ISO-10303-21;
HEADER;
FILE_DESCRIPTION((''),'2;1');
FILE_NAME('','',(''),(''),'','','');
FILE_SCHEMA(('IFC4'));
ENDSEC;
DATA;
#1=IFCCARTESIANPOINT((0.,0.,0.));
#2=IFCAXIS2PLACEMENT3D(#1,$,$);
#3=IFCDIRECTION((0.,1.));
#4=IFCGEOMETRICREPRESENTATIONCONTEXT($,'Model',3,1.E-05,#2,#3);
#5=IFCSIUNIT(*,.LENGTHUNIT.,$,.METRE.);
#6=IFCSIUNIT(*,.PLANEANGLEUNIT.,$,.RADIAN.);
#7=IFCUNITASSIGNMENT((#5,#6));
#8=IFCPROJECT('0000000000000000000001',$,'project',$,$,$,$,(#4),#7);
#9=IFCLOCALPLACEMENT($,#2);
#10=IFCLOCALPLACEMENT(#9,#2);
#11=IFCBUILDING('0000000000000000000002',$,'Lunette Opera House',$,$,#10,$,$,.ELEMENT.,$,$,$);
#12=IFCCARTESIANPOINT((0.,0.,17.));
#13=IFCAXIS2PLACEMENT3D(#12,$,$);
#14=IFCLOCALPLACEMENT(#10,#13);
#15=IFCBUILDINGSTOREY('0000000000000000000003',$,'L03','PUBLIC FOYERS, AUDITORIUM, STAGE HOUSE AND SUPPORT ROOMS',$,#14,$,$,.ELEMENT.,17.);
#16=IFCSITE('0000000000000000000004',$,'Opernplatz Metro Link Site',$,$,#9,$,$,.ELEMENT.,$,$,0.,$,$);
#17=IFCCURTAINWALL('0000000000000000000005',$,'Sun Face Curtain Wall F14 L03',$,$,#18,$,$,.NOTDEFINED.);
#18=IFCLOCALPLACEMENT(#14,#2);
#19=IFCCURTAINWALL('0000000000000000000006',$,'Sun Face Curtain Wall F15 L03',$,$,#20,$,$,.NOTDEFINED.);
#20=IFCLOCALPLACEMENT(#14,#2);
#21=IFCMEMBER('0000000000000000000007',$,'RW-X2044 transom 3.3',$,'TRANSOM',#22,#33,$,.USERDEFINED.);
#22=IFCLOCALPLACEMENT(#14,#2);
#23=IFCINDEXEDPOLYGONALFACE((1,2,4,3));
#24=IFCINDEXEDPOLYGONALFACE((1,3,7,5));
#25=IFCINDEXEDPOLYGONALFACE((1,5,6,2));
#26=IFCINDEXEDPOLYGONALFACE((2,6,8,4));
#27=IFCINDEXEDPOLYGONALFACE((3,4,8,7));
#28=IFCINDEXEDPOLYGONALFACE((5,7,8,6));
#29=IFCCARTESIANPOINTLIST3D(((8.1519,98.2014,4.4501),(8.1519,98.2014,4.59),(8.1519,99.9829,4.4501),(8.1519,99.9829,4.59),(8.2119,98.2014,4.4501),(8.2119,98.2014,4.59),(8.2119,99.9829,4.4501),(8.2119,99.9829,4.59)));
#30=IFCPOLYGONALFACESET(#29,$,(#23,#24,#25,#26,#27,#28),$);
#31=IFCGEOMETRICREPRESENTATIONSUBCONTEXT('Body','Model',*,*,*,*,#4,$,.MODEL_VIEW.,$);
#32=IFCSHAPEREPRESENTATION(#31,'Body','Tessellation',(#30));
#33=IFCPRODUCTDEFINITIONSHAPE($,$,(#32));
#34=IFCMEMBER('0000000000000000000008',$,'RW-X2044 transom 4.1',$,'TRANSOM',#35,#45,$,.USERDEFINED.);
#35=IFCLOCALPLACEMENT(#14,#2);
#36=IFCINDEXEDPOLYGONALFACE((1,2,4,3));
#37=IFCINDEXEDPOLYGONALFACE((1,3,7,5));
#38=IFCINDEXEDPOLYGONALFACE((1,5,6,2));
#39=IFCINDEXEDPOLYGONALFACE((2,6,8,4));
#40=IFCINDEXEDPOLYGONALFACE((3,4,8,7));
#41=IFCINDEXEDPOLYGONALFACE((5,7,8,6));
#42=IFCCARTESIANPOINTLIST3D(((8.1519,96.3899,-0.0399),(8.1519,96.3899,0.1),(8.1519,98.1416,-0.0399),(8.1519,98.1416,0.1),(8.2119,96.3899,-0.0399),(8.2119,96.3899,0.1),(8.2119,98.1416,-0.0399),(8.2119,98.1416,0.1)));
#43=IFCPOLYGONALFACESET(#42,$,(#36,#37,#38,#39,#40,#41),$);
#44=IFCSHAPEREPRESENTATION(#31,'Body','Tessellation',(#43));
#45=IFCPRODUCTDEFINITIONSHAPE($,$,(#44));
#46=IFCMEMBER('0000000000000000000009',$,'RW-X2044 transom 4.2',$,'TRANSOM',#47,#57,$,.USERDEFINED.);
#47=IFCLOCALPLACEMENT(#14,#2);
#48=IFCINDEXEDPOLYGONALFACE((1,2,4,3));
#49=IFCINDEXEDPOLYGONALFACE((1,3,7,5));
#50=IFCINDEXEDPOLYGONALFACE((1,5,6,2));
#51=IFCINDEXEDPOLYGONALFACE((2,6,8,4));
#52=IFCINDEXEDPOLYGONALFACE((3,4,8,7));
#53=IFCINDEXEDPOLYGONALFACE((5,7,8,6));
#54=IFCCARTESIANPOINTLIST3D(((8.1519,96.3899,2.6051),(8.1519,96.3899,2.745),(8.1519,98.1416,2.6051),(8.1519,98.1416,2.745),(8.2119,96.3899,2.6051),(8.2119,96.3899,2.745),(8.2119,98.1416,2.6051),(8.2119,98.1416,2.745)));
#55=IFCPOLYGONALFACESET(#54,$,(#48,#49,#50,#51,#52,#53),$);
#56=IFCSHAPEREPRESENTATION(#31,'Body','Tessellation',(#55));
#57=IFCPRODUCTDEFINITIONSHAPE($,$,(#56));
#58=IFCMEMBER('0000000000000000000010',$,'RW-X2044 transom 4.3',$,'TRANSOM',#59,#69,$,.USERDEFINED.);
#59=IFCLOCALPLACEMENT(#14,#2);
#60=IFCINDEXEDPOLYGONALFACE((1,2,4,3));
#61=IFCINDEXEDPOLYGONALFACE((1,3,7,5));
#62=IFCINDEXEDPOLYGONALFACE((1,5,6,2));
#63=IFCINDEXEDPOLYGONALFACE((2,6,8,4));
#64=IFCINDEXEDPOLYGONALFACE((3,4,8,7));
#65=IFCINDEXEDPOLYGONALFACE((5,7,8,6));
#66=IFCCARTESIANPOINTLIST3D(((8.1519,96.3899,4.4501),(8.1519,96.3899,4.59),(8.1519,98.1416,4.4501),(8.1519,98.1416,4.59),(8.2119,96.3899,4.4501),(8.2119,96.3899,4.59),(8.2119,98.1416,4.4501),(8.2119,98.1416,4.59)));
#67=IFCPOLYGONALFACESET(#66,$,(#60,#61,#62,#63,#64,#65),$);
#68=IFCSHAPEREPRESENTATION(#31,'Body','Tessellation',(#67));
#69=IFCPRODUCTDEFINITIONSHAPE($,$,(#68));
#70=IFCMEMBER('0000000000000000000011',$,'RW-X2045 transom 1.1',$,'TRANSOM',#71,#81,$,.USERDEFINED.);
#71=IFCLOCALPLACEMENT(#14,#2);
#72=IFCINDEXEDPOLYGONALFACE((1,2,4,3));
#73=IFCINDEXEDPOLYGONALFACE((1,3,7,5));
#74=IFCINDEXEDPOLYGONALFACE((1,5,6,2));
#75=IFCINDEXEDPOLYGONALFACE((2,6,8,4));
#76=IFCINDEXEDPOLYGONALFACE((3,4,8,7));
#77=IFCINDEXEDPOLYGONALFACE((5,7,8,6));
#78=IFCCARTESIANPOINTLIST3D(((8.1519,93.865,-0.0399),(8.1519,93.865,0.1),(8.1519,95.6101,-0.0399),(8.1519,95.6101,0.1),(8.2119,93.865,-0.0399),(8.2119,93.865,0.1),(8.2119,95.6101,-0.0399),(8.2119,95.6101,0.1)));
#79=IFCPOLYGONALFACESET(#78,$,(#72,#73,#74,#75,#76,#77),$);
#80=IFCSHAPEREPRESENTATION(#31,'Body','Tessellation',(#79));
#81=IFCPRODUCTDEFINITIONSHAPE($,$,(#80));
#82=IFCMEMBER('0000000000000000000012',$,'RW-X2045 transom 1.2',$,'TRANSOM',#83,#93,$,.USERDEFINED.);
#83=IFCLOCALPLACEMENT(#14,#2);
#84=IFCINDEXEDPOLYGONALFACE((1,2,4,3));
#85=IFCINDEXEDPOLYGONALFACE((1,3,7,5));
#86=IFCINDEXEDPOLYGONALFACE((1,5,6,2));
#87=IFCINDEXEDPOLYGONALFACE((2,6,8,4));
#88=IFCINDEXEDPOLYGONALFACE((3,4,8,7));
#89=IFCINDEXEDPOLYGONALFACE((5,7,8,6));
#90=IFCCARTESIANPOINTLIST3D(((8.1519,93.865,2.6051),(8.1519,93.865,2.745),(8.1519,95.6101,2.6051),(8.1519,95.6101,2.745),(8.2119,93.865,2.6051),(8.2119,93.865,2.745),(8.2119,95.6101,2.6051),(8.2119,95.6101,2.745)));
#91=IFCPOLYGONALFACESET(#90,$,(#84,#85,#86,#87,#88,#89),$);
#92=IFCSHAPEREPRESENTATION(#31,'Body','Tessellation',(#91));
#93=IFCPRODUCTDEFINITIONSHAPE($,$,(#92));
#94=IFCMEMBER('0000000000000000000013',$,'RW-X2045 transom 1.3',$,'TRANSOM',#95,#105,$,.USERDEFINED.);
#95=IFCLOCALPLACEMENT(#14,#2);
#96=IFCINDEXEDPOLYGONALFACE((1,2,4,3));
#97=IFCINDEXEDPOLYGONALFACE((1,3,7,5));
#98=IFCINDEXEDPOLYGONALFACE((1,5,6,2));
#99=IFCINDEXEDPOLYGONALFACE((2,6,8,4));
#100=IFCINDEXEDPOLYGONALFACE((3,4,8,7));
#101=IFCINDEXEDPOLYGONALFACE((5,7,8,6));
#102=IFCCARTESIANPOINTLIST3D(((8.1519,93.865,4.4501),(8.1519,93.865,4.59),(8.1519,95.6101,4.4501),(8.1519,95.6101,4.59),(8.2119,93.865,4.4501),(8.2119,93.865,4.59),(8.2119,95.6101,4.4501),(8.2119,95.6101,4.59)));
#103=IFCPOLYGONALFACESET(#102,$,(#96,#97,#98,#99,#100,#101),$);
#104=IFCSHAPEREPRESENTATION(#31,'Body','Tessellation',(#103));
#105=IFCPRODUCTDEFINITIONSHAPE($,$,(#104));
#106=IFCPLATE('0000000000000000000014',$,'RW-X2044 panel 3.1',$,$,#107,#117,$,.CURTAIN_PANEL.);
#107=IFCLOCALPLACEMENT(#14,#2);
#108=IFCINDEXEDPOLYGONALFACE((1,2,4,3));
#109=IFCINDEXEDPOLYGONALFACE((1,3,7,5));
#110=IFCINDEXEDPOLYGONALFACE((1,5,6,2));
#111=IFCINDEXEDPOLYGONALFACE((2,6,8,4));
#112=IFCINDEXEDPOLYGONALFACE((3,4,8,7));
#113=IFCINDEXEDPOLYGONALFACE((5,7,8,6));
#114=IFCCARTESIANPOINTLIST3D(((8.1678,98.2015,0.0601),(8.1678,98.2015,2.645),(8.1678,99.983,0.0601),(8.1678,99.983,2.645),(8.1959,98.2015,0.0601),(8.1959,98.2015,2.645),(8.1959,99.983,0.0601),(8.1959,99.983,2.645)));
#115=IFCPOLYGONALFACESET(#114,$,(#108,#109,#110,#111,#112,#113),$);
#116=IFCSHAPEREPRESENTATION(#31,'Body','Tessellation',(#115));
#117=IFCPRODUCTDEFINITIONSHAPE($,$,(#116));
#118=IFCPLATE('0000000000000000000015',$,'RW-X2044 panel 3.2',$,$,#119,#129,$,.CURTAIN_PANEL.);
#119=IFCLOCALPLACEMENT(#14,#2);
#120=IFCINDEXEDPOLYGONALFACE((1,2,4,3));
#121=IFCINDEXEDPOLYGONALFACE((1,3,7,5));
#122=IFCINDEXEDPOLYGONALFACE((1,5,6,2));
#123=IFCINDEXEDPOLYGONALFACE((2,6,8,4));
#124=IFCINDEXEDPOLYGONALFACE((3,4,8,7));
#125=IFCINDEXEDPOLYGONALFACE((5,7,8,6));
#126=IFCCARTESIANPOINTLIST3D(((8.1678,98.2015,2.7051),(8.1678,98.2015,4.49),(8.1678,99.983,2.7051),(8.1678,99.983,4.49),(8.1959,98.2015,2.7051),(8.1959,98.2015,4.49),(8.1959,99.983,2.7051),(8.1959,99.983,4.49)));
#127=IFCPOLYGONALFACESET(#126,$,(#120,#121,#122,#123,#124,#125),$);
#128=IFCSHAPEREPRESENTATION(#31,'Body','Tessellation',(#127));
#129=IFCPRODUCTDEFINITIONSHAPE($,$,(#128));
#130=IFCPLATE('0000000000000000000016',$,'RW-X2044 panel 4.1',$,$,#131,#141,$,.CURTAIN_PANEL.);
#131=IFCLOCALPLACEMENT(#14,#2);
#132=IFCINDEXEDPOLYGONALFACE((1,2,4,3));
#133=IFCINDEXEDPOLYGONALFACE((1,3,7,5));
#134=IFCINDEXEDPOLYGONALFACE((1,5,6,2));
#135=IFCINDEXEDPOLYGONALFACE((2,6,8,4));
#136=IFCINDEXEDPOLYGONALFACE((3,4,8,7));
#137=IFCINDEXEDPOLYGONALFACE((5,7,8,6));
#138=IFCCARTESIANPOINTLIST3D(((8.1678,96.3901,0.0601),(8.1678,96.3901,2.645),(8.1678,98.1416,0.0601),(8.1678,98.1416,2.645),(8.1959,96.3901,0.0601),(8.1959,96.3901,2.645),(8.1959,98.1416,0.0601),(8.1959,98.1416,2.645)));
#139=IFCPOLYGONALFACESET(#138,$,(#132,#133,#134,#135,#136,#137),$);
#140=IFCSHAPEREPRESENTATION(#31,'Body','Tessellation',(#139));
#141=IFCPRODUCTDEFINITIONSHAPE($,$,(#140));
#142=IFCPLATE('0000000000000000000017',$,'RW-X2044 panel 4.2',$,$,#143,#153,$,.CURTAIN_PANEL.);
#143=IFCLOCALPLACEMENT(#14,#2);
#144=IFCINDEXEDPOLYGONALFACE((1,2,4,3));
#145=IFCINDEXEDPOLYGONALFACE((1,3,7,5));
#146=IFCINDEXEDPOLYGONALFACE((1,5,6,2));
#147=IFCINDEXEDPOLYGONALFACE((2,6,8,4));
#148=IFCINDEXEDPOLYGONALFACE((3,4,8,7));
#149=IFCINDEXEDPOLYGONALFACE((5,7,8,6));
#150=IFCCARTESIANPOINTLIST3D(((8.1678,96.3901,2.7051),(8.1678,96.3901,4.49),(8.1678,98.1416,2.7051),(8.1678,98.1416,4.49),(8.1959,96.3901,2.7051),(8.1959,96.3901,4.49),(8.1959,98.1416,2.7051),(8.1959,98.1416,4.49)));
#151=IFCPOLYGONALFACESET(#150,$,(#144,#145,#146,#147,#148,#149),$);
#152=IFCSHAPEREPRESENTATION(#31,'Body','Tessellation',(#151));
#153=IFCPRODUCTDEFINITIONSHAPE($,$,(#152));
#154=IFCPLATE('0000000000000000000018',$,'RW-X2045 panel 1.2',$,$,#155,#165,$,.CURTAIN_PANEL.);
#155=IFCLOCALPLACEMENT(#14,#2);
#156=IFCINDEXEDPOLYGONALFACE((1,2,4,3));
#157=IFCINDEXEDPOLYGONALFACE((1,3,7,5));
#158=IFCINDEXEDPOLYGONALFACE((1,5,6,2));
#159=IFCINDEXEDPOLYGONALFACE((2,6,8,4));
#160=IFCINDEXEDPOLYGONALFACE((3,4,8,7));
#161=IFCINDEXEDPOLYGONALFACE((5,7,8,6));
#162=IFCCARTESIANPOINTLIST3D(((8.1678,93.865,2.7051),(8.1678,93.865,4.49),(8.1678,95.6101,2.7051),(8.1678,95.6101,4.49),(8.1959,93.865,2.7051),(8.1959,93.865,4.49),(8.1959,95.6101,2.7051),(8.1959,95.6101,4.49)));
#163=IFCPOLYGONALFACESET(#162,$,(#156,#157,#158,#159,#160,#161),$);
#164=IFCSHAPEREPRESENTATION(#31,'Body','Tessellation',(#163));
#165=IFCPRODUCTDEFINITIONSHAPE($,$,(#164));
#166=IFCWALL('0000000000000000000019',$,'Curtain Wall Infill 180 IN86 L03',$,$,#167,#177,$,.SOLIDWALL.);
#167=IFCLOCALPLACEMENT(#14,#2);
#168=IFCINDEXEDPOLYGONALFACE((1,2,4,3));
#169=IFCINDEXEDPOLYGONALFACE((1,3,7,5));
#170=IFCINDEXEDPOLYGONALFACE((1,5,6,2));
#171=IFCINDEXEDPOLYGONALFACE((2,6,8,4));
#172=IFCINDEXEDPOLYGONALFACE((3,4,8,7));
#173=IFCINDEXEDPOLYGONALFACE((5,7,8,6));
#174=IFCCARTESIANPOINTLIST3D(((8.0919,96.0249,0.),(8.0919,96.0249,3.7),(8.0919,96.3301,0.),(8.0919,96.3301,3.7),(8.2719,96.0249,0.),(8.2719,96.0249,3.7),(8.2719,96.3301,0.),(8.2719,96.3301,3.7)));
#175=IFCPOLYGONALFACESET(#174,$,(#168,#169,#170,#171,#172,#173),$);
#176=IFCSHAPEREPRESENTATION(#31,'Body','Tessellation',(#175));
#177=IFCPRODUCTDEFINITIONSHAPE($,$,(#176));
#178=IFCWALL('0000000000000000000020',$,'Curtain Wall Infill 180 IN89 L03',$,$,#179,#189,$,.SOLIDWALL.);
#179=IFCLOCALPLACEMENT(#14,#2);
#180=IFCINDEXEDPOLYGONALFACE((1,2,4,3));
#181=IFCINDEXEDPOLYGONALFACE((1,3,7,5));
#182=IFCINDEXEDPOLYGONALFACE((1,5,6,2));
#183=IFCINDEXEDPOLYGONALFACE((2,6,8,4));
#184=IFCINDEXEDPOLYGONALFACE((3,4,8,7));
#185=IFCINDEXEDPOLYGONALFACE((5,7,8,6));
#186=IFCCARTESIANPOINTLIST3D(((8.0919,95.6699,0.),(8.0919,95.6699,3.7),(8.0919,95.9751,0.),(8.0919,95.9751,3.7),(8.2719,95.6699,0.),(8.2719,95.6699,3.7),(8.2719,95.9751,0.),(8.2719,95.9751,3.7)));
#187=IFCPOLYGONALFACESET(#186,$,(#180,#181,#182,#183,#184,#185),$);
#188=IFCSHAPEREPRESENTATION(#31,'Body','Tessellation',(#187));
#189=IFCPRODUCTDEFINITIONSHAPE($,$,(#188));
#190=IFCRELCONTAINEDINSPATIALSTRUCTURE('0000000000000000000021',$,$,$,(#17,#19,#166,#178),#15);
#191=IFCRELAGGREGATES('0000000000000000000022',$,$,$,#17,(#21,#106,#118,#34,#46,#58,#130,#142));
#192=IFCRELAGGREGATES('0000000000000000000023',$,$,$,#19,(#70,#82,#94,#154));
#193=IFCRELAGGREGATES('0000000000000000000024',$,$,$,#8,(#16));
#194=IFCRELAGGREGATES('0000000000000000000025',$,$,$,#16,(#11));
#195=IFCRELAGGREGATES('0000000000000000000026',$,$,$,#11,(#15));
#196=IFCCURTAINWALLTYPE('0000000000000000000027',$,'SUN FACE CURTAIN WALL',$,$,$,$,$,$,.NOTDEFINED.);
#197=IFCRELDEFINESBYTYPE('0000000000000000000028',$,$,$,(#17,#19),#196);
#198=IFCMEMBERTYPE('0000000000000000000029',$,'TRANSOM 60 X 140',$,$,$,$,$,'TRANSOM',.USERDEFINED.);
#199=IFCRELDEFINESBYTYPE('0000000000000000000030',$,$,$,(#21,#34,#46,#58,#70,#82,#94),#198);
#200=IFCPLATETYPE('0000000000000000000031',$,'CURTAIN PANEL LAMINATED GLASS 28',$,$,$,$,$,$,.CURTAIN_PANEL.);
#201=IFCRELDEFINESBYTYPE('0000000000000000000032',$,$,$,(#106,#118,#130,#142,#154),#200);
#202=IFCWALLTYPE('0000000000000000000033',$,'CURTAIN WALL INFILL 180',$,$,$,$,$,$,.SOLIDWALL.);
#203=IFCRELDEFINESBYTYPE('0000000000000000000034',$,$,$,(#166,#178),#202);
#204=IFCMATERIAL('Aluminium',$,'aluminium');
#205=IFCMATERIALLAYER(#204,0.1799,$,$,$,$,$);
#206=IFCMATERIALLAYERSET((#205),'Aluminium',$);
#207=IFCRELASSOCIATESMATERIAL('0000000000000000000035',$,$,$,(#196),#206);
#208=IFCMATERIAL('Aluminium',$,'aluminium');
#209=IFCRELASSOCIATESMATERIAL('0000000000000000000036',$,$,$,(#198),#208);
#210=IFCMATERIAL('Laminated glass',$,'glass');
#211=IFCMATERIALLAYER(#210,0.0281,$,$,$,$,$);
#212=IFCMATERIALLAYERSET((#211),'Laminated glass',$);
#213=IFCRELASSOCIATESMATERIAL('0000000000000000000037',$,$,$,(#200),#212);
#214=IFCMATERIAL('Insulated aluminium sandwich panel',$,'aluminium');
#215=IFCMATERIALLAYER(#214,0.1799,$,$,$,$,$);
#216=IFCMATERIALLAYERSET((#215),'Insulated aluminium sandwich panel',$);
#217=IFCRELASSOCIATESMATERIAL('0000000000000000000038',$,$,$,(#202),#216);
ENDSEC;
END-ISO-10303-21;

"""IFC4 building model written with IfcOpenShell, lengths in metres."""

from ifc_helpers import new_model, si_unit, direction, frame, frame_2d, origin, origin_2d, place, context, subcontext, project, spatial, rectangle, extrude, material, layer, layer_set, material_profile, profile_set, type_object, element, aggregate, save


model = new_model("IFC4")

# Units and contexts
model_context = context("Model", 3, precision=1e-05, world=origin(), true_north=direction((0.0, 1.0)))
body_context = subcontext(model_context, "Body", "Model", "MODEL_VIEW")
ifc_project = project(units=[si_unit("LENGTHUNIT", "METRE"), si_unit("PLANEANGLEUNIT", "RADIAN")], contexts=[model_context])

# Site, building, storey
site_placement = place(None, origin())
site = spatial("IfcSite", under=ifc_project, at=site_placement, Name="Opernplatz Metro Link Site", CompositionType="ELEMENT", RefElevation=0.0)
building_placement = place(site_placement, origin())
building = spatial("IfcBuilding", under=site, at=building_placement, Name="Lunette Opera House", CompositionType="ELEMENT")
storey_placement = place(building_placement, frame((0.0, 0.0, 17.0)))
storey = spatial("IfcBuildingStorey", under=building, at=storey_placement, Name="L03", Description="PUBLIC FOYERS, AUDITORIUM, STAGE HOUSE AND SUPPORT ROOMS", CompositionType="ELEMENT", Elevation=17.0)

# Curtain wall
ifc_material_1 = material(Name="Aluminium", Category="aluminium")
ifc_layer_1 = layer(ifc_material_1, 0.1799)
ifc_layer_set_1 = layer_set([ifc_layer_1], Name="Aluminium")
curtain_wall_type = type_object("IfcCurtainWallType", Name="SUN FACE CURTAIN WALL", PredefinedType="NOTDEFINED", material=ifc_layer_set_1)
curtain_wall_1_placement = place(storey_placement, origin())
curtain_wall_1 = element("IfcCurtainWall", 1, at=curtain_wall_1_placement, inside=storey, type_object=curtain_wall_type, Name="Sun Face Curtain Wall F14 L03", PredefinedType="NOTDEFINED")

# Curtain wall
curtain_wall_2_placement = place(storey_placement, origin())
curtain_wall_2 = element("IfcCurtainWall", 2, at=curtain_wall_2_placement, inside=storey, type_object=curtain_wall_type, Name="Sun Face Curtain Wall F15 L03", PredefinedType="NOTDEFINED")

# Members
ifc_material_2 = material(Name="Aluminium", Category="aluminium")
ifc_material_profile_1 = material_profile(ifc_material_2, rectangle(XDim=0.0601, YDim=0.1399, at=origin_2d()), Name="TRANSOM 60 X 140")
ifc_profile_set_1 = profile_set([ifc_material_profile_1], Name="Aluminium")
member_type_1 = type_object("IfcMemberType", Name="TRANSOM 60 X 140", ElementType="TRANSOM", PredefinedType="USERDEFINED", material=ifc_profile_set_1)
member_1_placement = place(storey_placement, frame((8.1819, 99.9829, 4.52), z_axis=(0.0, -1.0, 0.0), x_axis=(1.0, 0.0, 0.0)))
member_1 = element("IfcMember", 3, at=member_1_placement, type_object=member_type_1, Name="RW-X2044 transom 3.3", ObjectType="TRANSOM", PredefinedType="USERDEFINED", context=body_context, shape_type="SweptSolid", body=[
    extrude(rectangle(XDim=0.0601, YDim=0.1399, at=origin_2d()), origin(), (0.0, 0.0, 1.0), 1.7815),
])
member_2_placement = place(storey_placement, frame((8.1819, 98.1416, 0.03), z_axis=(0.0, -1.0, 0.0), x_axis=(1.0, 0.0, 0.0)))
member_2 = element("IfcMember", 4, at=member_2_placement, type_object=member_type_1, Name="RW-X2044 transom 4.1", ObjectType="TRANSOM", PredefinedType="USERDEFINED", context=body_context, shape_type="SweptSolid", body=[
    extrude(rectangle(XDim=0.0601, YDim=0.1399, at=origin_2d()), origin(), (0.0, 0.0, 1.0), 1.7517),
])
member_3_placement = place(storey_placement, frame((8.1819, 98.1416, 2.675), z_axis=(0.0, -1.0, 0.0), x_axis=(1.0, 0.0, 0.0)))
member_3 = element("IfcMember", 5, at=member_3_placement, type_object=member_type_1, Name="RW-X2044 transom 4.2", ObjectType="TRANSOM", PredefinedType="USERDEFINED", context=body_context, shape_type="SweptSolid", body=[
    extrude(rectangle(XDim=0.0601, YDim=0.1399, at=origin_2d()), origin(), (0.0, 0.0, 1.0), 1.7517),
])
member_4_placement = place(storey_placement, frame((8.1819, 98.1416, 4.52), z_axis=(0.0, -1.0, 0.0), x_axis=(1.0, 0.0, 0.0)))
member_4 = element("IfcMember", 6, at=member_4_placement, type_object=member_type_1, Name="RW-X2044 transom 4.3", ObjectType="TRANSOM", PredefinedType="USERDEFINED", context=body_context, shape_type="SweptSolid", body=[
    extrude(rectangle(XDim=0.0601, YDim=0.1399, at=origin_2d()), origin(), (0.0, 0.0, 1.0), 1.7517),
])
member_5_placement = place(storey_placement, frame((8.1819, 95.6101, 0.03), z_axis=(0.0, -1.0, 0.0), x_axis=(1.0, 0.0, 0.0)))
member_5 = element("IfcMember", 7, at=member_5_placement, type_object=member_type_1, Name="RW-X2045 transom 1.1", ObjectType="TRANSOM", PredefinedType="USERDEFINED", context=body_context, shape_type="SweptSolid", body=[
    extrude(rectangle(XDim=0.0601, YDim=0.1399, at=origin_2d()), origin(), (0.0, 0.0, 1.0), 1.7451),
])
member_6_placement = place(storey_placement, frame((8.1819, 95.6101, 2.675), z_axis=(0.0, -1.0, 0.0), x_axis=(1.0, 0.0, 0.0)))
member_6 = element("IfcMember", 8, at=member_6_placement, type_object=member_type_1, Name="RW-X2045 transom 1.2", ObjectType="TRANSOM", PredefinedType="USERDEFINED", context=body_context, shape_type="SweptSolid", body=[
    extrude(rectangle(XDim=0.0601, YDim=0.1399, at=origin_2d()), origin(), (0.0, 0.0, 1.0), 1.7451),
])
member_7_placement = place(storey_placement, frame((8.1819, 95.6101, 4.52), z_axis=(0.0, -1.0, 0.0), x_axis=(1.0, 0.0, 0.0)))
member_7 = element("IfcMember", 9, at=member_7_placement, type_object=member_type_1, Name="RW-X2045 transom 1.3", ObjectType="TRANSOM", PredefinedType="USERDEFINED", context=body_context, shape_type="SweptSolid", body=[
    extrude(rectangle(XDim=0.0601, YDim=0.1399, at=origin_2d()), origin(), (0.0, 0.0, 1.0), 1.7451),
])

# Plates
ifc_material_3 = material(Name="Laminated glass", Category="glass")
ifc_layer_2 = layer(ifc_material_3, 0.0281)
ifc_layer_set_2 = layer_set([ifc_layer_2], Name="Laminated glass")
plate_type = type_object("IfcPlateType", Name="CURTAIN PANEL LAMINATED GLASS 28", PredefinedType="CURTAIN_PANEL", material=ifc_layer_set_2)
plate_1_placement = place(storey_placement, frame((8.1819, 99.0923, 0.0601), z_axis=(0.0, 0.0, 1.0), x_axis=(0.0, -1.0, 0.0)))
plate_1 = element("IfcPlate", 10, at=plate_1_placement, type_object=plate_type, Name="RW-X2044 panel 3.1", PredefinedType="CURTAIN_PANEL", context=body_context, shape_type="SweptSolid", body=[
    extrude(rectangle(XDim=1.7815, YDim=0.0281, at=origin_2d()), origin(), (0.0, 0.0, 1.0), 2.585),
])
plate_2_placement = place(storey_placement, frame((8.1819, 99.0923, 2.7051), z_axis=(0.0, 0.0, 1.0), x_axis=(0.0, -1.0, 0.0)))
plate_2 = element("IfcPlate", 11, at=plate_2_placement, type_object=plate_type, Name="RW-X2044 panel 3.2", PredefinedType="CURTAIN_PANEL", context=body_context, shape_type="SweptSolid", body=[
    extrude(rectangle(XDim=1.7815, YDim=0.0281, at=origin_2d()), origin(), (0.0, 0.0, 1.0), 1.7849),
])
plate_3_placement = place(storey_placement, frame((8.1819, 97.2659, 0.0601), z_axis=(0.0, 0.0, 1.0), x_axis=(0.0, -1.0, 0.0)))
plate_3 = element("IfcPlate", 12, at=plate_3_placement, type_object=plate_type, Name="RW-X2044 panel 4.1", PredefinedType="CURTAIN_PANEL", context=body_context, shape_type="SweptSolid", body=[
    extrude(rectangle(XDim=1.7515, YDim=0.0281, at=origin_2d()), origin(), (0.0, 0.0, 1.0), 2.585),
])
plate_4_placement = place(storey_placement, frame((8.1819, 97.2659, 2.7051), z_axis=(0.0, 0.0, 1.0), x_axis=(0.0, -1.0, 0.0)))
plate_4 = element("IfcPlate", 13, at=plate_4_placement, type_object=plate_type, Name="RW-X2044 panel 4.2", PredefinedType="CURTAIN_PANEL", context=body_context, shape_type="SweptSolid", body=[
    extrude(rectangle(XDim=1.7515, YDim=0.0281, at=origin_2d()), origin(), (0.0, 0.0, 1.0), 1.7849),
])
aggregate(curtain_wall_1, [member_1, plate_1, plate_2, member_2, member_3, member_4, plate_3, plate_4])
plate_5_placement = place(storey_placement, frame((8.1819, 94.7375, 2.7051), z_axis=(0.0, 0.0, 1.0), x_axis=(0.0, -1.0, 0.0)))
plate_5 = element("IfcPlate", 14, at=plate_5_placement, type_object=plate_type, Name="RW-X2045 panel 1.2", PredefinedType="CURTAIN_PANEL", context=body_context, shape_type="SweptSolid", body=[
    extrude(rectangle(XDim=1.7451, YDim=0.0281, at=origin_2d()), origin(), (0.0, 0.0, 1.0), 1.7849),
])
aggregate(curtain_wall_2, [member_5, member_6, member_7, plate_5])

# Walls
ifc_material_4 = material(Name="Insulated aluminium sandwich panel", Category="aluminium")
ifc_layer_3 = layer(ifc_material_4, 0.1799)
ifc_layer_set_3 = layer_set([ifc_layer_3], Name="Insulated aluminium sandwich panel")
wall_type_1 = type_object("IfcWallType", Name="CURTAIN WALL INFILL 180", PredefinedType="SOLIDWALL", material=ifc_layer_set_3)
for number, where, z_axis, x_axis, name in (
    (15, (8.1819, 96.3301, 0.0), (0.0, 0.0, 1.0), (0.0, -1.0, 0.0), "Curtain Wall Infill 180 IN86 L03"),
    (16, (8.1819, 95.6699, 0.0), (0.0, 0.0, 1.0), (0.0, 1.0, 0.0), "Curtain Wall Infill 180 IN89 L03"),
):
    element("IfcWall", number, at=place(storey_placement, frame(where, z_axis=z_axis, x_axis=x_axis)), inside=storey, type_object=wall_type_1, Name=name, PredefinedType="SOLIDWALL", context=body_context, shape_type="SweptSolid", body=[
        extrude(rectangle(XDim=0.3052, YDim=0.1799, at=frame_2d((0.1526, 0.0))), origin(), (0.0, 0.0, 1.0), 3.7),
    ])

save(model, "model.ifc")
